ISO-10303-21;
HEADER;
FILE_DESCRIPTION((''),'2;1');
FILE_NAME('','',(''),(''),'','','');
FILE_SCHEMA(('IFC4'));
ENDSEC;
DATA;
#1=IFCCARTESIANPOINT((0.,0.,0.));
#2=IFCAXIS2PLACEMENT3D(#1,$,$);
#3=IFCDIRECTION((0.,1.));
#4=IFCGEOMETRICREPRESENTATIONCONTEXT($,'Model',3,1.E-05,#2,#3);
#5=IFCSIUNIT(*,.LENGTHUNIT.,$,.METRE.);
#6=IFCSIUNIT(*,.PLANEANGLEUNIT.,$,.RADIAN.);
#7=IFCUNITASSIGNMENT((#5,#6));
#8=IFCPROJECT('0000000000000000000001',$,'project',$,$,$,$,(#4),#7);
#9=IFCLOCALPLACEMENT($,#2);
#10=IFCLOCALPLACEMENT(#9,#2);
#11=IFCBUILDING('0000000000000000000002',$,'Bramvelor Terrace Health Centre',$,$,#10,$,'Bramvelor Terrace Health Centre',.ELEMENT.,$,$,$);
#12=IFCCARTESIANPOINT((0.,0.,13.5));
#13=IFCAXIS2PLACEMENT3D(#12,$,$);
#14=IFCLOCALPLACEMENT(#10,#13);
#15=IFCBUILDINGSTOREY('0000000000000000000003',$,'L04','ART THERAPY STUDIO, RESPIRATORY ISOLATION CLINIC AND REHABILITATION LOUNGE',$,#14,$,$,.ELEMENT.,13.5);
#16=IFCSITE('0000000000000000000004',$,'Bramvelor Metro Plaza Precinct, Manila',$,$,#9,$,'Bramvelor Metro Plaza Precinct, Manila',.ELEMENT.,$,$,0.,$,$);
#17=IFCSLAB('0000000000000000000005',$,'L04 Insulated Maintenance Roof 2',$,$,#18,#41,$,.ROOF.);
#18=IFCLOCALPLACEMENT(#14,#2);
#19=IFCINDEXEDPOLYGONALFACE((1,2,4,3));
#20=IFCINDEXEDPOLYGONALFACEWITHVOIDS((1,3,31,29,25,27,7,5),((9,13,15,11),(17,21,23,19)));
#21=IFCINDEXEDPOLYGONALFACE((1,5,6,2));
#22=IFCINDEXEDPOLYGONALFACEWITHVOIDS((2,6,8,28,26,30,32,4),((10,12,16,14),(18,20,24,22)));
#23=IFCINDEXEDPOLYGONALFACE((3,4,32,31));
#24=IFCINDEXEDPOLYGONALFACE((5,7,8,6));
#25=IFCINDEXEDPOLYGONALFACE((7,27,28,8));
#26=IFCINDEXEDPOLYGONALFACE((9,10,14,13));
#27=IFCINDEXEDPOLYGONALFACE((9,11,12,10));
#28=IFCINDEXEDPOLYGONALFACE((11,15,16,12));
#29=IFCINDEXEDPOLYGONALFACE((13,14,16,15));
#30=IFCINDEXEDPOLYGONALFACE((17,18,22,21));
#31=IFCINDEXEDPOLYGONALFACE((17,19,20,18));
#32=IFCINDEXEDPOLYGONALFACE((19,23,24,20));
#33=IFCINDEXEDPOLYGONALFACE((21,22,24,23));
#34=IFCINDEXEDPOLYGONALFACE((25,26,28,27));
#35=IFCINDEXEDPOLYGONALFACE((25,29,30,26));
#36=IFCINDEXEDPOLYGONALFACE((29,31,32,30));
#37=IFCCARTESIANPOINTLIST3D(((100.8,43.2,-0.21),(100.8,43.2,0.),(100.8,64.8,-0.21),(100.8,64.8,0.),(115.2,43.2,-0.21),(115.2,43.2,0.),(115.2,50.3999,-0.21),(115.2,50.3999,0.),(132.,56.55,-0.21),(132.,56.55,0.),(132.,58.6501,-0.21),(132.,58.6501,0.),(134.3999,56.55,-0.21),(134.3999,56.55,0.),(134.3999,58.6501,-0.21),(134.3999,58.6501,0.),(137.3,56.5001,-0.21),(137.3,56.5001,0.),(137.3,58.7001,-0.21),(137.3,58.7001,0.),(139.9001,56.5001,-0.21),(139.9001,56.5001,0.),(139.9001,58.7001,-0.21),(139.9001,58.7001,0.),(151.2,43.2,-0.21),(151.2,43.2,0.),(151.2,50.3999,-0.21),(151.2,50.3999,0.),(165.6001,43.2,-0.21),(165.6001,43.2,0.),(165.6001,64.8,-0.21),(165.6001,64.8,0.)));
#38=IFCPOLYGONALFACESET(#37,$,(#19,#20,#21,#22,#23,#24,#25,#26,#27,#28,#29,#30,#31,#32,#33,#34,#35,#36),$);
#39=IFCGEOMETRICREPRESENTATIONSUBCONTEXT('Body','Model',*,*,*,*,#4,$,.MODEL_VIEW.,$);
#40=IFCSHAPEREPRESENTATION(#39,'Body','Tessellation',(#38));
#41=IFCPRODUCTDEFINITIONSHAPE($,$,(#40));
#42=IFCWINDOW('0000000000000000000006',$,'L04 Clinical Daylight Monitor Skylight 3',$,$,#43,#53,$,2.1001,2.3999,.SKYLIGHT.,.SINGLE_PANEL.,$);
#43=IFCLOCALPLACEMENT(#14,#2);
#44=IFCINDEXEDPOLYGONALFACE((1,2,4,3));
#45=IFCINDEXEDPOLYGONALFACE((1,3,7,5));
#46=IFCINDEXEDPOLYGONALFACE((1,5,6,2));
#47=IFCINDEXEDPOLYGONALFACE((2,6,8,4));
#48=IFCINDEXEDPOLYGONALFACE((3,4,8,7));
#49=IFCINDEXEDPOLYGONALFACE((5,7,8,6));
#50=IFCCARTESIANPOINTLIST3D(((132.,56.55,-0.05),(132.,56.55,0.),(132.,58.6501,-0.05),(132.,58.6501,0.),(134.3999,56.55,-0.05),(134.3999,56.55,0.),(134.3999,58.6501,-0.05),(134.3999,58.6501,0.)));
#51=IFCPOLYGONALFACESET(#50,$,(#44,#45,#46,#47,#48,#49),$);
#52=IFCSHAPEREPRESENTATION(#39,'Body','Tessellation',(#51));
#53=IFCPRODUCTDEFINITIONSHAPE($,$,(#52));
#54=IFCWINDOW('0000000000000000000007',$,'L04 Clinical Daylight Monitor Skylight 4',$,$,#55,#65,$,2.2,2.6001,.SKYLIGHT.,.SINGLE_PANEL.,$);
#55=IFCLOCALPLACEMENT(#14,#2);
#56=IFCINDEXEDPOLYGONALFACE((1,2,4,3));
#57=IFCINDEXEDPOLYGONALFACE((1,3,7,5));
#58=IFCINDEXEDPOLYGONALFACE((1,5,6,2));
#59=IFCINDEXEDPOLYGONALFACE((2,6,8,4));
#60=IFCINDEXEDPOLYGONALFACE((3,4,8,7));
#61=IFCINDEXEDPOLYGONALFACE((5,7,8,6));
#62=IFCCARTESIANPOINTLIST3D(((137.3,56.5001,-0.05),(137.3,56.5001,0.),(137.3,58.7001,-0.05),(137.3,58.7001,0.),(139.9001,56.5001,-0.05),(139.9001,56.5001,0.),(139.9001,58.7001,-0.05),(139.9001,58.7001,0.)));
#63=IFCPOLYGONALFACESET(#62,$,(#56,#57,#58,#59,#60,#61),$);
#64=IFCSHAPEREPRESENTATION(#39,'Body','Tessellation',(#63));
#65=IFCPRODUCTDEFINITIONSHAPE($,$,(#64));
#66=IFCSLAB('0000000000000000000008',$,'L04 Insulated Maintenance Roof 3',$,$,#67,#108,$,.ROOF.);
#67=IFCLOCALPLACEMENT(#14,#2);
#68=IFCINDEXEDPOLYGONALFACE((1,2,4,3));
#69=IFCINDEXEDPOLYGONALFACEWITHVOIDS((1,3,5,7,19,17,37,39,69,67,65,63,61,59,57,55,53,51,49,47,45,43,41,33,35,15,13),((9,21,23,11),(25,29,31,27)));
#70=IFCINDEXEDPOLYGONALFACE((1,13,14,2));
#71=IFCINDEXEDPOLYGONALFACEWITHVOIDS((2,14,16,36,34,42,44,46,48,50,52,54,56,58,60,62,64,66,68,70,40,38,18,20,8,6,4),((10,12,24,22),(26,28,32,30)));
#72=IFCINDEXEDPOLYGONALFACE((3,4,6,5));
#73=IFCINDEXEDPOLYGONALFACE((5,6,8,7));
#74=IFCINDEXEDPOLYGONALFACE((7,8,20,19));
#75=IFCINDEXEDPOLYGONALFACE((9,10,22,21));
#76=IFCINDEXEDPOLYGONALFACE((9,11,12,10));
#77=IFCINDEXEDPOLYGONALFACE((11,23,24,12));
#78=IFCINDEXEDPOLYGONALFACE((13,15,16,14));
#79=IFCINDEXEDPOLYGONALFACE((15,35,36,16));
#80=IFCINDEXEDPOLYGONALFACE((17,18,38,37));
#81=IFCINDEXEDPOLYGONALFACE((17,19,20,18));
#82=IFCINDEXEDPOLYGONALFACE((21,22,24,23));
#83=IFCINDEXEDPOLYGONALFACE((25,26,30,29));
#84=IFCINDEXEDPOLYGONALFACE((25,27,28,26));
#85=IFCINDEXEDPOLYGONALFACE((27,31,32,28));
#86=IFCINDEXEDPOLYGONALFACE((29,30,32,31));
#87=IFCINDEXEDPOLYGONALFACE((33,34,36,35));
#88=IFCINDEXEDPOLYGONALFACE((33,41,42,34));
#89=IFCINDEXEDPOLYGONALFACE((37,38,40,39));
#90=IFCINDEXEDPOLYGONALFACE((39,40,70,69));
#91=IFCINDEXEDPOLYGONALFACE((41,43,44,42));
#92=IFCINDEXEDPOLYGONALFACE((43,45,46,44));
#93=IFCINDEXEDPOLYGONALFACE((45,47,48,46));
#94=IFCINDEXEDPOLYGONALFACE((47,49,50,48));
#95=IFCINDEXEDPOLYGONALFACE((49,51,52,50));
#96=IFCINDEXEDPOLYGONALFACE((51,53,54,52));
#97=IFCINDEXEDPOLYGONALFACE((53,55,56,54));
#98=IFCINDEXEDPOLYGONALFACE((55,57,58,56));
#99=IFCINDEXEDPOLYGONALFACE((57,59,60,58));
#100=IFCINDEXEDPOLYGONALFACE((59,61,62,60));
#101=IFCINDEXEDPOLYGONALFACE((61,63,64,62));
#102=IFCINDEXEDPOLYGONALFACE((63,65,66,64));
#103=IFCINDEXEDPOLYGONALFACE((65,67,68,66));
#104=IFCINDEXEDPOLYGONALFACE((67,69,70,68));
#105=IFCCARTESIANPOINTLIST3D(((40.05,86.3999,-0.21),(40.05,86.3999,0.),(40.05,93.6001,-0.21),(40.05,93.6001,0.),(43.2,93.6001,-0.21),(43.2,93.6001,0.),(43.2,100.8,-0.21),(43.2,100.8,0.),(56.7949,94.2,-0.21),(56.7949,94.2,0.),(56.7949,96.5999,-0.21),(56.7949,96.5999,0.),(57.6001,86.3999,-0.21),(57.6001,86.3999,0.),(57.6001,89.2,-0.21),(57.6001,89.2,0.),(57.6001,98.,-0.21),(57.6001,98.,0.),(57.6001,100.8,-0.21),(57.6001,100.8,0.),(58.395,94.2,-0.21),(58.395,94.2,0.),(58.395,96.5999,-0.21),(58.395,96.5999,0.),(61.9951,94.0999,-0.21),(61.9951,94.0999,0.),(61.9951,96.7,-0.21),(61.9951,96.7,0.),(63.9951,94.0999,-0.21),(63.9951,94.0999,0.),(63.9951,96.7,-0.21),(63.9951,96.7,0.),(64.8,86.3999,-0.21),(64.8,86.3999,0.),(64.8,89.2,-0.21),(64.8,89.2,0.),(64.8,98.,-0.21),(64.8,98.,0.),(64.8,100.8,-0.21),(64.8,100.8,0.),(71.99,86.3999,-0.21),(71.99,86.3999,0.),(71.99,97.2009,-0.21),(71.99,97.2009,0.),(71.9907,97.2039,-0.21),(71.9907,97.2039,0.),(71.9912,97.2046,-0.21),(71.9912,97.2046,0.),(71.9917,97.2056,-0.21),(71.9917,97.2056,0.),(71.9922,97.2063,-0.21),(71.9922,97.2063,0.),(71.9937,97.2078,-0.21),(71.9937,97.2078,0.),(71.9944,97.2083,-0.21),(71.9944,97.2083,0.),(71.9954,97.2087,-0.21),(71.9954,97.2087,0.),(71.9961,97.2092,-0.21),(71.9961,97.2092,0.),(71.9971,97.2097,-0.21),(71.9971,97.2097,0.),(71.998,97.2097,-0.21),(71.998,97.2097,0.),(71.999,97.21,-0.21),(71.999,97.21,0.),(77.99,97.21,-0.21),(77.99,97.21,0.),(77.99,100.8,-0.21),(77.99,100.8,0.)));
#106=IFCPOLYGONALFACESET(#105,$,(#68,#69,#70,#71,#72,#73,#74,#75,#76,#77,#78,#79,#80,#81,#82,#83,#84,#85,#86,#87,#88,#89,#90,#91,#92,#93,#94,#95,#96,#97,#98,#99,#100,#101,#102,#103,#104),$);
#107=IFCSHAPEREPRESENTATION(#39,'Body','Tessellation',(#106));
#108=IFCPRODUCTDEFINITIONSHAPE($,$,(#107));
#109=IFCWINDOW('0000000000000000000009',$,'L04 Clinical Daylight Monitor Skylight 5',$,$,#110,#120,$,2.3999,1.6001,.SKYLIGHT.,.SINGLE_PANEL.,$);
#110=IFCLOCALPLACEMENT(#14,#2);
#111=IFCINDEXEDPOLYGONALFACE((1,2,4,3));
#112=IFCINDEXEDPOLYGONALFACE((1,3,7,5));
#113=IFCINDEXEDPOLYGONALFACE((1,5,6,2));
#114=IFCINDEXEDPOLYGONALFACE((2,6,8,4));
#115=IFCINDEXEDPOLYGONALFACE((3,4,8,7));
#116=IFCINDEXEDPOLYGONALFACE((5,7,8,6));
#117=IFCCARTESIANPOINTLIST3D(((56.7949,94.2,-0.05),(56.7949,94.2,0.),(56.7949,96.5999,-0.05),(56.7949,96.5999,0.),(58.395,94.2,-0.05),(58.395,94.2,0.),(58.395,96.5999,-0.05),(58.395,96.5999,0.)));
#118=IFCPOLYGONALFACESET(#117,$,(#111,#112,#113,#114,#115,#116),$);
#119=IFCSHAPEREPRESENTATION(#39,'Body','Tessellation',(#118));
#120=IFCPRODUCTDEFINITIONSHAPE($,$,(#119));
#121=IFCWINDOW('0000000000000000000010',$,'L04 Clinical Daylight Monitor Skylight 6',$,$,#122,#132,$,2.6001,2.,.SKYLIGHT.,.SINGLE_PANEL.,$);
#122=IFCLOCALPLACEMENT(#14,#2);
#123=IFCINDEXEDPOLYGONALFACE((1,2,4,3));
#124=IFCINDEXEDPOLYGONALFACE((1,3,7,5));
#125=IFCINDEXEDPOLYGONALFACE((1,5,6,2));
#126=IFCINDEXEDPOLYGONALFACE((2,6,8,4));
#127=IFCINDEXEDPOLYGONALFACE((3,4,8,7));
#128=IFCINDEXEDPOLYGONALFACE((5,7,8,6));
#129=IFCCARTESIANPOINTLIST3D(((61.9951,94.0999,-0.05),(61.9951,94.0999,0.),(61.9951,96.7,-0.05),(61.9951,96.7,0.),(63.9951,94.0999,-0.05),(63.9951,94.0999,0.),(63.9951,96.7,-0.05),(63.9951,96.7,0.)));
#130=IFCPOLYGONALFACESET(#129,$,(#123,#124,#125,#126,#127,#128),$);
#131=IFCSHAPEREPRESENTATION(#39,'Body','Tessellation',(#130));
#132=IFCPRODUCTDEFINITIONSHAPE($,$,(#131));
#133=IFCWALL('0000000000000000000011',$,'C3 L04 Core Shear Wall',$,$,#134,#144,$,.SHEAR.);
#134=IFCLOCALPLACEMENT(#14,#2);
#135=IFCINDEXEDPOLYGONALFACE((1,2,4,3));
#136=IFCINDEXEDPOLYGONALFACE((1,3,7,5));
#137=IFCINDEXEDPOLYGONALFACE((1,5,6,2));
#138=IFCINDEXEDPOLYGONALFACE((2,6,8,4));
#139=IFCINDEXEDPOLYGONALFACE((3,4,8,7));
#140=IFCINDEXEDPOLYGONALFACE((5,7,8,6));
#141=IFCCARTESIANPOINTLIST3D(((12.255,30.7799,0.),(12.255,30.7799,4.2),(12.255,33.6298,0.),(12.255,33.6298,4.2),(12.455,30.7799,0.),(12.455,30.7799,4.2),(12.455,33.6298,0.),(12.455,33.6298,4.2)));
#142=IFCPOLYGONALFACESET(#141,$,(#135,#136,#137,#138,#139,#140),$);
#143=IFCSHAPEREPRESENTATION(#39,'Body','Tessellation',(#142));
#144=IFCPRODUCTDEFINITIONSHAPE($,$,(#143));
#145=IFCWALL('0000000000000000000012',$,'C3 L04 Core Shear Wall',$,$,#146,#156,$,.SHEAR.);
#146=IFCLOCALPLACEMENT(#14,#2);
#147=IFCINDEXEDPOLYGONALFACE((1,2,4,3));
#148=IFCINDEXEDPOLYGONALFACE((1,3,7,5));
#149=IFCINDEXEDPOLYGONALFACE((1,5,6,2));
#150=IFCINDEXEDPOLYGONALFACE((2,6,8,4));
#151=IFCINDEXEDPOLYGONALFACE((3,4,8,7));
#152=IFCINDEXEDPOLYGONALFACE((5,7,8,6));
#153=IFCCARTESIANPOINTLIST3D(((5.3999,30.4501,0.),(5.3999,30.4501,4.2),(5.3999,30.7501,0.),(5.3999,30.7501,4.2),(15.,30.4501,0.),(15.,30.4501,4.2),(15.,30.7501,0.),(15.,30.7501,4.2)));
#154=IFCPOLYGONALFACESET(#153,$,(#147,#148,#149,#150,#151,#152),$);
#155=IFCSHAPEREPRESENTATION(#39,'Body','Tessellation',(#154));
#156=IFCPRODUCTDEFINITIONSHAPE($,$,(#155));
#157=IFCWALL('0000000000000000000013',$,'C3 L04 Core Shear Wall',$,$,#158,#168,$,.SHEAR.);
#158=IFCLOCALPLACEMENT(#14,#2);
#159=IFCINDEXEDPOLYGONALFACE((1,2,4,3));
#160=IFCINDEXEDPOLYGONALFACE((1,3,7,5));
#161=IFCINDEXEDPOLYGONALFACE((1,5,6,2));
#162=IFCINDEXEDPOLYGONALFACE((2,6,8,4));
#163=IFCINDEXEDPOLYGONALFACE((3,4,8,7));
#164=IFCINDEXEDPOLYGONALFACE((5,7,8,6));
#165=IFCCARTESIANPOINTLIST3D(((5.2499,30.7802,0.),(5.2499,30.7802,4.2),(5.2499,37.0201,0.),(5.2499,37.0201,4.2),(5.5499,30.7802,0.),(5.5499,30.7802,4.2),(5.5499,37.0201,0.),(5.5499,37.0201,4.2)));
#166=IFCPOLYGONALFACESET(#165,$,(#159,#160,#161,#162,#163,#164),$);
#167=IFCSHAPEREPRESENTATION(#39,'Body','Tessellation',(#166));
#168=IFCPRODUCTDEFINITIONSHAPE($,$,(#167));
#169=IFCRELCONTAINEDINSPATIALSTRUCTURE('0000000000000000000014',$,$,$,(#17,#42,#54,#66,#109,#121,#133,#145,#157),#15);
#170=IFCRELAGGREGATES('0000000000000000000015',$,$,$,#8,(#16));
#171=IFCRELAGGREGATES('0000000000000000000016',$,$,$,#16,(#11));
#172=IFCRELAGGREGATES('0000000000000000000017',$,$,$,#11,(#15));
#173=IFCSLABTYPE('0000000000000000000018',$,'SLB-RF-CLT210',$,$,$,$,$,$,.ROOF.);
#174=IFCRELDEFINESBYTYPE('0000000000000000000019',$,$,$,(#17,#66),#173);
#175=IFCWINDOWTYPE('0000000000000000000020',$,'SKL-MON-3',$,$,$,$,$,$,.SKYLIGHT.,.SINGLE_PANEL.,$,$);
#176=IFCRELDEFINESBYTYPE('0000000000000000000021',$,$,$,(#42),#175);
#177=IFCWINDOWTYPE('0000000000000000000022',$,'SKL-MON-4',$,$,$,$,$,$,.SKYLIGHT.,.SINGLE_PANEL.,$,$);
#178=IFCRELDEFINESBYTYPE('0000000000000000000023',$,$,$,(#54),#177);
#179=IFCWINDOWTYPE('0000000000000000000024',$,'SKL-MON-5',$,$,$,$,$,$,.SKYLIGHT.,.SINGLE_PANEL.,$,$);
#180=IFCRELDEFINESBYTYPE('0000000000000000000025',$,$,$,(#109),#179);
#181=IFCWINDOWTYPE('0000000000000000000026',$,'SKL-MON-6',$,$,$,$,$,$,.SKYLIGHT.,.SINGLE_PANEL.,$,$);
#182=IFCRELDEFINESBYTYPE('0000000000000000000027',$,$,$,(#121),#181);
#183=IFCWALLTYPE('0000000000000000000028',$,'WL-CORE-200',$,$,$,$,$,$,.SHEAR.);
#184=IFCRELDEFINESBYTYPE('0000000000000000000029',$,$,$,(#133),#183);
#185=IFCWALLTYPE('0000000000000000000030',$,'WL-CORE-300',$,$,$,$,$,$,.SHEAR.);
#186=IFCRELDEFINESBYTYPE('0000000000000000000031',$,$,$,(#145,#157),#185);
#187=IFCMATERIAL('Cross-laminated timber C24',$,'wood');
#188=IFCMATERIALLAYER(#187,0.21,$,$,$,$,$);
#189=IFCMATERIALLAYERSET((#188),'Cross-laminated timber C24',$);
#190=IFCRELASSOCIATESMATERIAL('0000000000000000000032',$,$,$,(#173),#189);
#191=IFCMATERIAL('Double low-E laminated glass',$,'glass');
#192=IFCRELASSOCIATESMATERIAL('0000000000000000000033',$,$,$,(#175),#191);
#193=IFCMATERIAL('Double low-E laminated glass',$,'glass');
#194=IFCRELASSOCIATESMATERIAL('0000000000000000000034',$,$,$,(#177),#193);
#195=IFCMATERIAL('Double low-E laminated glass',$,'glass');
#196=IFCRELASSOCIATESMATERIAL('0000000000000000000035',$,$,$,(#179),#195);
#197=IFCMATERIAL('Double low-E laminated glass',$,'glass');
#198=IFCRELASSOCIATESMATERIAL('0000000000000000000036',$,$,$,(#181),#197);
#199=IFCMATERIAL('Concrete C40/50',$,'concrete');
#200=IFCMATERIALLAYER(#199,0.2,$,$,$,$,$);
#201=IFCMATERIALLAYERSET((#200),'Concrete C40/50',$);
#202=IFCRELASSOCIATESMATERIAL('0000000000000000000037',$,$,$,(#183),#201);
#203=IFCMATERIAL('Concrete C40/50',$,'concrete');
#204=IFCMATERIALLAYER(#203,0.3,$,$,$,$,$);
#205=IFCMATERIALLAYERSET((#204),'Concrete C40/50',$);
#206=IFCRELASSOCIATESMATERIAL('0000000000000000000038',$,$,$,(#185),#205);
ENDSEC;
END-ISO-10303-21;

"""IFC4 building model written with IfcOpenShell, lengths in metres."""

from ifc_helpers import new_model, si_unit, direction, frame, frame_2d, origin, origin_2d, place, context, subcontext, project, spatial, polyline, rectangle, outline, extrude, material, layer, layer_set, type_object, element, fill, save


model = new_model("IFC4")

# Units and contexts
model_context = context("Model", 3, precision=1e-05, world=origin(), true_north=direction((0.0, 1.0)))
body_context = subcontext(model_context, "Body", "Model", "MODEL_VIEW")
ifc_project = project(units=[si_unit("LENGTHUNIT", "METRE"), si_unit("PLANEANGLEUNIT", "RADIAN")], contexts=[model_context])

# Site, building, storey
site_placement = place(None, origin())
site = spatial("IfcSite", under=ifc_project, at=site_placement, Name="Bramvelor Metro Plaza Precinct, Manila", LongName="Bramvelor Metro Plaza Precinct, Manila", CompositionType="ELEMENT", RefElevation=0.0)
building_placement = place(site_placement, origin())
building = spatial("IfcBuilding", under=site, at=building_placement, Name="Bramvelor Terrace Health Centre", LongName="Bramvelor Terrace Health Centre", CompositionType="ELEMENT")
storey_placement = place(building_placement, frame((0.0, 0.0, 13.5)))
storey = spatial("IfcBuildingStorey", under=building, at=storey_placement, Name="L04", Description="ART THERAPY STUDIO, RESPIRATORY ISOLATION CLINIC AND REHABILITATION LOUNGE", CompositionType="ELEMENT", Elevation=13.5)

# Slabs, openings, windows
ifc_material_1 = material(Name="Cross-laminated timber C24", Category="wood")
ifc_layer_1 = layer(ifc_material_1, 0.21)
ifc_layer_set_1 = layer_set([ifc_layer_1], Name="Cross-laminated timber C24")
slab_type_1 = type_object("IfcSlabType", Name="SLB-RF-CLT210", PredefinedType="ROOF", material=ifc_layer_set_1)
slab_1_placement = place(storey_placement, frame((0.0, 0.0, -0.21)))
slab_1 = element("IfcSlab", 1, at=slab_1_placement, inside=storey, type_object=slab_type_1, Name="L04 Insulated Maintenance Roof 2", PredefinedType="ROOF", context=body_context, shape_type="SweptSolid", body=[
    extrude(outline(polyline([(151.2, 50.3999), (136.8, 50.3999), (115.2, 50.3999), (115.2, 43.2), (100.8, 43.2), (100.8, 50.3999), (100.8, 64.8), (136.8, 64.8), (165.6001, 64.8), (165.6001, 50.3999), (165.6001, 43.2), (151.2, 43.2), (151.2, 50.3999)])), origin(), (0.0, 0.0, 1.0), 0.21),
])
opening_1_placement = place(slab_1_placement, frame((133.2, 57.6001, 0.0)))
opening_1 = element("IfcOpeningElement", 2, at=opening_1_placement, cuts=slab_1, PredefinedType="OPENING", context=body_context, shape_type="SweptSolid", body=[
    extrude(rectangle(XDim=2.3999, YDim=2.1001, at=origin_2d()), origin(), (0.0, 0.0, 1.0), 0.21),
])
opening_2_placement = place(slab_1_placement, frame((138.6001, 57.6001, 0.0)))
opening_2 = element("IfcOpeningElement", 3, at=opening_2_placement, cuts=slab_1, PredefinedType="OPENING", context=body_context, shape_type="SweptSolid", body=[
    extrude(rectangle(XDim=2.6001, YDim=2.2, at=origin_2d()), origin(), (0.0, 0.0, 1.0), 0.21),
])
ifc_material_2 = material(Name="Double low-E laminated glass", Category="glass")
window_type_1 = type_object("IfcWindowType", Name="SKL-MON-3", PartitioningType="SINGLE_PANEL", PredefinedType="SKYLIGHT", material=ifc_material_2)
window_1_placement = place(opening_1_placement, frame((0.0, 0.0, 0.1599)))
window_1 = element("IfcWindow", 4, at=window_1_placement, inside=storey, type_object=window_type_1, Name="L04 Clinical Daylight Monitor Skylight 3", OverallHeight=2.1001, OverallWidth=2.3999, PartitioningType="SINGLE_PANEL", PredefinedType="SKYLIGHT", context=body_context, shape_type="SweptSolid", body=[
    extrude(rectangle(XDim=2.3999, YDim=2.1001, at=origin_2d()), origin(), (0.0, 0.0, 1.0), 0.05),
])
fill(opening_1, window_1)
ifc_material_3 = material(Name="Double low-E laminated glass", Category="glass")
window_type_2 = type_object("IfcWindowType", Name="SKL-MON-4", PartitioningType="SINGLE_PANEL", PredefinedType="SKYLIGHT", material=ifc_material_3)
window_2_placement = place(opening_2_placement, frame((0.0, 0.0, 0.1599)))
window_2 = element("IfcWindow", 5, at=window_2_placement, inside=storey, type_object=window_type_2, Name="L04 Clinical Daylight Monitor Skylight 4", OverallHeight=2.2, OverallWidth=2.6001, PartitioningType="SINGLE_PANEL", PredefinedType="SKYLIGHT", context=body_context, shape_type="SweptSolid", body=[
    extrude(rectangle(XDim=2.6001, YDim=2.2, at=origin_2d()), origin(), (0.0, 0.0, 1.0), 0.05),
])
fill(opening_2, window_2)
slab_2_placement = place(storey_placement, frame((0.0, 0.0, -0.21)))
slab_2 = element("IfcSlab", 6, at=slab_2_placement, inside=storey, type_object=slab_type_1, Name="L04 Insulated Maintenance Roof 3", PredefinedType="ROOF", context=body_context, shape_type="SweptSolid", body=[
    extrude(outline(polyline([(64.8, 98.0), (64.8, 100.8), (77.99, 100.8), (77.99, 97.21), (72.0, 97.21), (71.999, 97.21), (71.998, 97.2097), (71.9971, 97.2097), (71.9961, 97.2092), (71.9954, 97.2087), (71.9944, 97.2083), (71.9937, 97.2078), (71.9929, 97.207), (71.9922, 97.2063), (71.9917, 97.2056), (71.9912, 97.2046), (71.9907, 97.2039), (71.9905, 97.2029), (71.9902, 97.2019), (71.99, 97.2009), (71.99, 97.2), (71.99, 86.3999), (64.8, 86.3999), (64.8, 89.2), (57.6001, 89.2), (57.6001, 86.3999), (43.2, 86.3999), (40.05, 86.3999), (40.05, 93.6001), (43.2, 93.6001), (43.2, 100.8), (57.6001, 100.8), (57.6001, 98.0), (64.8, 98.0)])), origin(), (0.0, 0.0, 1.0), 0.21),
])
opening_3_placement = place(slab_2_placement, frame((57.595, 95.3999, 0.0)))
opening_3 = element("IfcOpeningElement", 7, at=opening_3_placement, cuts=slab_2, PredefinedType="OPENING", context=body_context, shape_type="SweptSolid", body=[
    extrude(rectangle(XDim=1.6001, YDim=2.3999, at=origin_2d()), origin(), (0.0, 0.0, 1.0), 0.21),
])
opening_4_placement = place(slab_2_placement, frame((62.9951, 95.3999, 0.0)))
opening_4 = element("IfcOpeningElement", 8, at=opening_4_placement, cuts=slab_2, PredefinedType="OPENING", context=body_context, shape_type="SweptSolid", body=[
    extrude(rectangle(XDim=2.0, YDim=2.6001, at=origin_2d()), origin(), (0.0, 0.0, 1.0), 0.21),
])
ifc_material_4 = material(Name="Double low-E laminated glass", Category="glass")
window_type_3 = type_object("IfcWindowType", Name="SKL-MON-5", PartitioningType="SINGLE_PANEL", PredefinedType="SKYLIGHT", material=ifc_material_4)
window_3_placement = place(opening_3_placement, frame((0.0, 0.0, 0.1599)))
window_3 = element("IfcWindow", 9, at=window_3_placement, inside=storey, type_object=window_type_3, Name="L04 Clinical Daylight Monitor Skylight 5", OverallHeight=2.3999, OverallWidth=1.6001, PartitioningType="SINGLE_PANEL", PredefinedType="SKYLIGHT", context=body_context, shape_type="SweptSolid", body=[
    extrude(rectangle(XDim=1.6001, YDim=2.3999, at=origin_2d()), origin(), (0.0, 0.0, 1.0), 0.05),
])
fill(opening_3, window_3)
ifc_material_5 = material(Name="Double low-E laminated glass", Category="glass")
window_type_4 = type_object("IfcWindowType", Name="SKL-MON-6", PartitioningType="SINGLE_PANEL", PredefinedType="SKYLIGHT", material=ifc_material_5)
window_4_placement = place(opening_4_placement, frame((0.0, 0.0, 0.1599)))
window_4 = element("IfcWindow", 10, at=window_4_placement, inside=storey, type_object=window_type_4, Name="L04 Clinical Daylight Monitor Skylight 6", OverallHeight=2.6001, OverallWidth=2.0, PartitioningType="SINGLE_PANEL", PredefinedType="SKYLIGHT", context=body_context, shape_type="SweptSolid", body=[
    extrude(rectangle(XDim=2.0, YDim=2.6001, at=origin_2d()), origin(), (0.0, 0.0, 1.0), 0.05),
])
fill(opening_4, window_4)

# Walls
ifc_material_6 = material(Name="Concrete C40/50", Category="concrete")
ifc_layer_2 = layer(ifc_material_6, 0.2)
ifc_layer_set_2 = layer_set([ifc_layer_2], Name="Concrete C40/50")
wall_type_1 = type_object("IfcWallType", Name="WL-CORE-200", PredefinedType="SHEAR", material=ifc_layer_set_2)
wall_1_placement = place(storey_placement, frame((12.355, 30.78, 0.0), z_axis=(0.0, 0.0, 1.0), x_axis=(0.0, 1.0, 0.0)))
element("IfcWall", 11, at=wall_1_placement, inside=storey, type_object=wall_type_1, Name="C3 L04 Core Shear Wall", PredefinedType="SHEAR", context=body_context, shape_type="SweptSolid", body=[
    extrude(rectangle(XDim=2.8499, YDim=0.2, at=frame_2d((1.4248, 0.0))), origin(), (0.0, 0.0, 1.0), 4.2),
])
ifc_material_7 = material(Name="Concrete C40/50", Category="concrete")
ifc_layer_3 = layer(ifc_material_7, 0.3)
ifc_layer_set_3 = layer_set([ifc_layer_3], Name="Concrete C40/50")
wall_type_2 = type_object("IfcWallType", Name="WL-CORE-300", PredefinedType="SHEAR", material=ifc_layer_set_3)
wall_2_placement = place(storey_placement, frame((5.3999, 30.6001, 0.0), z_axis=(0.0, 0.0, 1.0), x_axis=(1.0, 0.0, 0.0)))
element("IfcWall", 12, at=wall_2_placement, inside=storey, type_object=wall_type_2, Name="C3 L04 Core Shear Wall", PredefinedType="SHEAR", context=body_context, shape_type="SweptSolid", body=[
    extrude(rectangle(XDim=9.6001, YDim=0.3, at=frame_2d((4.8, 0.0))), origin(), (0.0, 0.0, 1.0), 4.2),
])
for number, where, z_axis, x_axis, name in (
    (13, (5.3999, 30.78, 0.0), (0.0, 0.0, 1.0), (0.0, 1.0, 0.0), "C3 L04 Core Shear Wall"),
):
    element("IfcWall", number, at=place(storey_placement, frame(where, z_axis=z_axis, x_axis=x_axis)), inside=storey, type_object=wall_type_2, Name=name, PredefinedType="SHEAR", context=body_context, shape_type="SweptSolid", body=[
        extrude(rectangle(XDim=6.24, YDim=0.3, at=frame_2d((3.1201, 0.0))), origin(), (0.0, 0.0, 1.0), 4.2),
    ])

save(model, "model.ifc")
